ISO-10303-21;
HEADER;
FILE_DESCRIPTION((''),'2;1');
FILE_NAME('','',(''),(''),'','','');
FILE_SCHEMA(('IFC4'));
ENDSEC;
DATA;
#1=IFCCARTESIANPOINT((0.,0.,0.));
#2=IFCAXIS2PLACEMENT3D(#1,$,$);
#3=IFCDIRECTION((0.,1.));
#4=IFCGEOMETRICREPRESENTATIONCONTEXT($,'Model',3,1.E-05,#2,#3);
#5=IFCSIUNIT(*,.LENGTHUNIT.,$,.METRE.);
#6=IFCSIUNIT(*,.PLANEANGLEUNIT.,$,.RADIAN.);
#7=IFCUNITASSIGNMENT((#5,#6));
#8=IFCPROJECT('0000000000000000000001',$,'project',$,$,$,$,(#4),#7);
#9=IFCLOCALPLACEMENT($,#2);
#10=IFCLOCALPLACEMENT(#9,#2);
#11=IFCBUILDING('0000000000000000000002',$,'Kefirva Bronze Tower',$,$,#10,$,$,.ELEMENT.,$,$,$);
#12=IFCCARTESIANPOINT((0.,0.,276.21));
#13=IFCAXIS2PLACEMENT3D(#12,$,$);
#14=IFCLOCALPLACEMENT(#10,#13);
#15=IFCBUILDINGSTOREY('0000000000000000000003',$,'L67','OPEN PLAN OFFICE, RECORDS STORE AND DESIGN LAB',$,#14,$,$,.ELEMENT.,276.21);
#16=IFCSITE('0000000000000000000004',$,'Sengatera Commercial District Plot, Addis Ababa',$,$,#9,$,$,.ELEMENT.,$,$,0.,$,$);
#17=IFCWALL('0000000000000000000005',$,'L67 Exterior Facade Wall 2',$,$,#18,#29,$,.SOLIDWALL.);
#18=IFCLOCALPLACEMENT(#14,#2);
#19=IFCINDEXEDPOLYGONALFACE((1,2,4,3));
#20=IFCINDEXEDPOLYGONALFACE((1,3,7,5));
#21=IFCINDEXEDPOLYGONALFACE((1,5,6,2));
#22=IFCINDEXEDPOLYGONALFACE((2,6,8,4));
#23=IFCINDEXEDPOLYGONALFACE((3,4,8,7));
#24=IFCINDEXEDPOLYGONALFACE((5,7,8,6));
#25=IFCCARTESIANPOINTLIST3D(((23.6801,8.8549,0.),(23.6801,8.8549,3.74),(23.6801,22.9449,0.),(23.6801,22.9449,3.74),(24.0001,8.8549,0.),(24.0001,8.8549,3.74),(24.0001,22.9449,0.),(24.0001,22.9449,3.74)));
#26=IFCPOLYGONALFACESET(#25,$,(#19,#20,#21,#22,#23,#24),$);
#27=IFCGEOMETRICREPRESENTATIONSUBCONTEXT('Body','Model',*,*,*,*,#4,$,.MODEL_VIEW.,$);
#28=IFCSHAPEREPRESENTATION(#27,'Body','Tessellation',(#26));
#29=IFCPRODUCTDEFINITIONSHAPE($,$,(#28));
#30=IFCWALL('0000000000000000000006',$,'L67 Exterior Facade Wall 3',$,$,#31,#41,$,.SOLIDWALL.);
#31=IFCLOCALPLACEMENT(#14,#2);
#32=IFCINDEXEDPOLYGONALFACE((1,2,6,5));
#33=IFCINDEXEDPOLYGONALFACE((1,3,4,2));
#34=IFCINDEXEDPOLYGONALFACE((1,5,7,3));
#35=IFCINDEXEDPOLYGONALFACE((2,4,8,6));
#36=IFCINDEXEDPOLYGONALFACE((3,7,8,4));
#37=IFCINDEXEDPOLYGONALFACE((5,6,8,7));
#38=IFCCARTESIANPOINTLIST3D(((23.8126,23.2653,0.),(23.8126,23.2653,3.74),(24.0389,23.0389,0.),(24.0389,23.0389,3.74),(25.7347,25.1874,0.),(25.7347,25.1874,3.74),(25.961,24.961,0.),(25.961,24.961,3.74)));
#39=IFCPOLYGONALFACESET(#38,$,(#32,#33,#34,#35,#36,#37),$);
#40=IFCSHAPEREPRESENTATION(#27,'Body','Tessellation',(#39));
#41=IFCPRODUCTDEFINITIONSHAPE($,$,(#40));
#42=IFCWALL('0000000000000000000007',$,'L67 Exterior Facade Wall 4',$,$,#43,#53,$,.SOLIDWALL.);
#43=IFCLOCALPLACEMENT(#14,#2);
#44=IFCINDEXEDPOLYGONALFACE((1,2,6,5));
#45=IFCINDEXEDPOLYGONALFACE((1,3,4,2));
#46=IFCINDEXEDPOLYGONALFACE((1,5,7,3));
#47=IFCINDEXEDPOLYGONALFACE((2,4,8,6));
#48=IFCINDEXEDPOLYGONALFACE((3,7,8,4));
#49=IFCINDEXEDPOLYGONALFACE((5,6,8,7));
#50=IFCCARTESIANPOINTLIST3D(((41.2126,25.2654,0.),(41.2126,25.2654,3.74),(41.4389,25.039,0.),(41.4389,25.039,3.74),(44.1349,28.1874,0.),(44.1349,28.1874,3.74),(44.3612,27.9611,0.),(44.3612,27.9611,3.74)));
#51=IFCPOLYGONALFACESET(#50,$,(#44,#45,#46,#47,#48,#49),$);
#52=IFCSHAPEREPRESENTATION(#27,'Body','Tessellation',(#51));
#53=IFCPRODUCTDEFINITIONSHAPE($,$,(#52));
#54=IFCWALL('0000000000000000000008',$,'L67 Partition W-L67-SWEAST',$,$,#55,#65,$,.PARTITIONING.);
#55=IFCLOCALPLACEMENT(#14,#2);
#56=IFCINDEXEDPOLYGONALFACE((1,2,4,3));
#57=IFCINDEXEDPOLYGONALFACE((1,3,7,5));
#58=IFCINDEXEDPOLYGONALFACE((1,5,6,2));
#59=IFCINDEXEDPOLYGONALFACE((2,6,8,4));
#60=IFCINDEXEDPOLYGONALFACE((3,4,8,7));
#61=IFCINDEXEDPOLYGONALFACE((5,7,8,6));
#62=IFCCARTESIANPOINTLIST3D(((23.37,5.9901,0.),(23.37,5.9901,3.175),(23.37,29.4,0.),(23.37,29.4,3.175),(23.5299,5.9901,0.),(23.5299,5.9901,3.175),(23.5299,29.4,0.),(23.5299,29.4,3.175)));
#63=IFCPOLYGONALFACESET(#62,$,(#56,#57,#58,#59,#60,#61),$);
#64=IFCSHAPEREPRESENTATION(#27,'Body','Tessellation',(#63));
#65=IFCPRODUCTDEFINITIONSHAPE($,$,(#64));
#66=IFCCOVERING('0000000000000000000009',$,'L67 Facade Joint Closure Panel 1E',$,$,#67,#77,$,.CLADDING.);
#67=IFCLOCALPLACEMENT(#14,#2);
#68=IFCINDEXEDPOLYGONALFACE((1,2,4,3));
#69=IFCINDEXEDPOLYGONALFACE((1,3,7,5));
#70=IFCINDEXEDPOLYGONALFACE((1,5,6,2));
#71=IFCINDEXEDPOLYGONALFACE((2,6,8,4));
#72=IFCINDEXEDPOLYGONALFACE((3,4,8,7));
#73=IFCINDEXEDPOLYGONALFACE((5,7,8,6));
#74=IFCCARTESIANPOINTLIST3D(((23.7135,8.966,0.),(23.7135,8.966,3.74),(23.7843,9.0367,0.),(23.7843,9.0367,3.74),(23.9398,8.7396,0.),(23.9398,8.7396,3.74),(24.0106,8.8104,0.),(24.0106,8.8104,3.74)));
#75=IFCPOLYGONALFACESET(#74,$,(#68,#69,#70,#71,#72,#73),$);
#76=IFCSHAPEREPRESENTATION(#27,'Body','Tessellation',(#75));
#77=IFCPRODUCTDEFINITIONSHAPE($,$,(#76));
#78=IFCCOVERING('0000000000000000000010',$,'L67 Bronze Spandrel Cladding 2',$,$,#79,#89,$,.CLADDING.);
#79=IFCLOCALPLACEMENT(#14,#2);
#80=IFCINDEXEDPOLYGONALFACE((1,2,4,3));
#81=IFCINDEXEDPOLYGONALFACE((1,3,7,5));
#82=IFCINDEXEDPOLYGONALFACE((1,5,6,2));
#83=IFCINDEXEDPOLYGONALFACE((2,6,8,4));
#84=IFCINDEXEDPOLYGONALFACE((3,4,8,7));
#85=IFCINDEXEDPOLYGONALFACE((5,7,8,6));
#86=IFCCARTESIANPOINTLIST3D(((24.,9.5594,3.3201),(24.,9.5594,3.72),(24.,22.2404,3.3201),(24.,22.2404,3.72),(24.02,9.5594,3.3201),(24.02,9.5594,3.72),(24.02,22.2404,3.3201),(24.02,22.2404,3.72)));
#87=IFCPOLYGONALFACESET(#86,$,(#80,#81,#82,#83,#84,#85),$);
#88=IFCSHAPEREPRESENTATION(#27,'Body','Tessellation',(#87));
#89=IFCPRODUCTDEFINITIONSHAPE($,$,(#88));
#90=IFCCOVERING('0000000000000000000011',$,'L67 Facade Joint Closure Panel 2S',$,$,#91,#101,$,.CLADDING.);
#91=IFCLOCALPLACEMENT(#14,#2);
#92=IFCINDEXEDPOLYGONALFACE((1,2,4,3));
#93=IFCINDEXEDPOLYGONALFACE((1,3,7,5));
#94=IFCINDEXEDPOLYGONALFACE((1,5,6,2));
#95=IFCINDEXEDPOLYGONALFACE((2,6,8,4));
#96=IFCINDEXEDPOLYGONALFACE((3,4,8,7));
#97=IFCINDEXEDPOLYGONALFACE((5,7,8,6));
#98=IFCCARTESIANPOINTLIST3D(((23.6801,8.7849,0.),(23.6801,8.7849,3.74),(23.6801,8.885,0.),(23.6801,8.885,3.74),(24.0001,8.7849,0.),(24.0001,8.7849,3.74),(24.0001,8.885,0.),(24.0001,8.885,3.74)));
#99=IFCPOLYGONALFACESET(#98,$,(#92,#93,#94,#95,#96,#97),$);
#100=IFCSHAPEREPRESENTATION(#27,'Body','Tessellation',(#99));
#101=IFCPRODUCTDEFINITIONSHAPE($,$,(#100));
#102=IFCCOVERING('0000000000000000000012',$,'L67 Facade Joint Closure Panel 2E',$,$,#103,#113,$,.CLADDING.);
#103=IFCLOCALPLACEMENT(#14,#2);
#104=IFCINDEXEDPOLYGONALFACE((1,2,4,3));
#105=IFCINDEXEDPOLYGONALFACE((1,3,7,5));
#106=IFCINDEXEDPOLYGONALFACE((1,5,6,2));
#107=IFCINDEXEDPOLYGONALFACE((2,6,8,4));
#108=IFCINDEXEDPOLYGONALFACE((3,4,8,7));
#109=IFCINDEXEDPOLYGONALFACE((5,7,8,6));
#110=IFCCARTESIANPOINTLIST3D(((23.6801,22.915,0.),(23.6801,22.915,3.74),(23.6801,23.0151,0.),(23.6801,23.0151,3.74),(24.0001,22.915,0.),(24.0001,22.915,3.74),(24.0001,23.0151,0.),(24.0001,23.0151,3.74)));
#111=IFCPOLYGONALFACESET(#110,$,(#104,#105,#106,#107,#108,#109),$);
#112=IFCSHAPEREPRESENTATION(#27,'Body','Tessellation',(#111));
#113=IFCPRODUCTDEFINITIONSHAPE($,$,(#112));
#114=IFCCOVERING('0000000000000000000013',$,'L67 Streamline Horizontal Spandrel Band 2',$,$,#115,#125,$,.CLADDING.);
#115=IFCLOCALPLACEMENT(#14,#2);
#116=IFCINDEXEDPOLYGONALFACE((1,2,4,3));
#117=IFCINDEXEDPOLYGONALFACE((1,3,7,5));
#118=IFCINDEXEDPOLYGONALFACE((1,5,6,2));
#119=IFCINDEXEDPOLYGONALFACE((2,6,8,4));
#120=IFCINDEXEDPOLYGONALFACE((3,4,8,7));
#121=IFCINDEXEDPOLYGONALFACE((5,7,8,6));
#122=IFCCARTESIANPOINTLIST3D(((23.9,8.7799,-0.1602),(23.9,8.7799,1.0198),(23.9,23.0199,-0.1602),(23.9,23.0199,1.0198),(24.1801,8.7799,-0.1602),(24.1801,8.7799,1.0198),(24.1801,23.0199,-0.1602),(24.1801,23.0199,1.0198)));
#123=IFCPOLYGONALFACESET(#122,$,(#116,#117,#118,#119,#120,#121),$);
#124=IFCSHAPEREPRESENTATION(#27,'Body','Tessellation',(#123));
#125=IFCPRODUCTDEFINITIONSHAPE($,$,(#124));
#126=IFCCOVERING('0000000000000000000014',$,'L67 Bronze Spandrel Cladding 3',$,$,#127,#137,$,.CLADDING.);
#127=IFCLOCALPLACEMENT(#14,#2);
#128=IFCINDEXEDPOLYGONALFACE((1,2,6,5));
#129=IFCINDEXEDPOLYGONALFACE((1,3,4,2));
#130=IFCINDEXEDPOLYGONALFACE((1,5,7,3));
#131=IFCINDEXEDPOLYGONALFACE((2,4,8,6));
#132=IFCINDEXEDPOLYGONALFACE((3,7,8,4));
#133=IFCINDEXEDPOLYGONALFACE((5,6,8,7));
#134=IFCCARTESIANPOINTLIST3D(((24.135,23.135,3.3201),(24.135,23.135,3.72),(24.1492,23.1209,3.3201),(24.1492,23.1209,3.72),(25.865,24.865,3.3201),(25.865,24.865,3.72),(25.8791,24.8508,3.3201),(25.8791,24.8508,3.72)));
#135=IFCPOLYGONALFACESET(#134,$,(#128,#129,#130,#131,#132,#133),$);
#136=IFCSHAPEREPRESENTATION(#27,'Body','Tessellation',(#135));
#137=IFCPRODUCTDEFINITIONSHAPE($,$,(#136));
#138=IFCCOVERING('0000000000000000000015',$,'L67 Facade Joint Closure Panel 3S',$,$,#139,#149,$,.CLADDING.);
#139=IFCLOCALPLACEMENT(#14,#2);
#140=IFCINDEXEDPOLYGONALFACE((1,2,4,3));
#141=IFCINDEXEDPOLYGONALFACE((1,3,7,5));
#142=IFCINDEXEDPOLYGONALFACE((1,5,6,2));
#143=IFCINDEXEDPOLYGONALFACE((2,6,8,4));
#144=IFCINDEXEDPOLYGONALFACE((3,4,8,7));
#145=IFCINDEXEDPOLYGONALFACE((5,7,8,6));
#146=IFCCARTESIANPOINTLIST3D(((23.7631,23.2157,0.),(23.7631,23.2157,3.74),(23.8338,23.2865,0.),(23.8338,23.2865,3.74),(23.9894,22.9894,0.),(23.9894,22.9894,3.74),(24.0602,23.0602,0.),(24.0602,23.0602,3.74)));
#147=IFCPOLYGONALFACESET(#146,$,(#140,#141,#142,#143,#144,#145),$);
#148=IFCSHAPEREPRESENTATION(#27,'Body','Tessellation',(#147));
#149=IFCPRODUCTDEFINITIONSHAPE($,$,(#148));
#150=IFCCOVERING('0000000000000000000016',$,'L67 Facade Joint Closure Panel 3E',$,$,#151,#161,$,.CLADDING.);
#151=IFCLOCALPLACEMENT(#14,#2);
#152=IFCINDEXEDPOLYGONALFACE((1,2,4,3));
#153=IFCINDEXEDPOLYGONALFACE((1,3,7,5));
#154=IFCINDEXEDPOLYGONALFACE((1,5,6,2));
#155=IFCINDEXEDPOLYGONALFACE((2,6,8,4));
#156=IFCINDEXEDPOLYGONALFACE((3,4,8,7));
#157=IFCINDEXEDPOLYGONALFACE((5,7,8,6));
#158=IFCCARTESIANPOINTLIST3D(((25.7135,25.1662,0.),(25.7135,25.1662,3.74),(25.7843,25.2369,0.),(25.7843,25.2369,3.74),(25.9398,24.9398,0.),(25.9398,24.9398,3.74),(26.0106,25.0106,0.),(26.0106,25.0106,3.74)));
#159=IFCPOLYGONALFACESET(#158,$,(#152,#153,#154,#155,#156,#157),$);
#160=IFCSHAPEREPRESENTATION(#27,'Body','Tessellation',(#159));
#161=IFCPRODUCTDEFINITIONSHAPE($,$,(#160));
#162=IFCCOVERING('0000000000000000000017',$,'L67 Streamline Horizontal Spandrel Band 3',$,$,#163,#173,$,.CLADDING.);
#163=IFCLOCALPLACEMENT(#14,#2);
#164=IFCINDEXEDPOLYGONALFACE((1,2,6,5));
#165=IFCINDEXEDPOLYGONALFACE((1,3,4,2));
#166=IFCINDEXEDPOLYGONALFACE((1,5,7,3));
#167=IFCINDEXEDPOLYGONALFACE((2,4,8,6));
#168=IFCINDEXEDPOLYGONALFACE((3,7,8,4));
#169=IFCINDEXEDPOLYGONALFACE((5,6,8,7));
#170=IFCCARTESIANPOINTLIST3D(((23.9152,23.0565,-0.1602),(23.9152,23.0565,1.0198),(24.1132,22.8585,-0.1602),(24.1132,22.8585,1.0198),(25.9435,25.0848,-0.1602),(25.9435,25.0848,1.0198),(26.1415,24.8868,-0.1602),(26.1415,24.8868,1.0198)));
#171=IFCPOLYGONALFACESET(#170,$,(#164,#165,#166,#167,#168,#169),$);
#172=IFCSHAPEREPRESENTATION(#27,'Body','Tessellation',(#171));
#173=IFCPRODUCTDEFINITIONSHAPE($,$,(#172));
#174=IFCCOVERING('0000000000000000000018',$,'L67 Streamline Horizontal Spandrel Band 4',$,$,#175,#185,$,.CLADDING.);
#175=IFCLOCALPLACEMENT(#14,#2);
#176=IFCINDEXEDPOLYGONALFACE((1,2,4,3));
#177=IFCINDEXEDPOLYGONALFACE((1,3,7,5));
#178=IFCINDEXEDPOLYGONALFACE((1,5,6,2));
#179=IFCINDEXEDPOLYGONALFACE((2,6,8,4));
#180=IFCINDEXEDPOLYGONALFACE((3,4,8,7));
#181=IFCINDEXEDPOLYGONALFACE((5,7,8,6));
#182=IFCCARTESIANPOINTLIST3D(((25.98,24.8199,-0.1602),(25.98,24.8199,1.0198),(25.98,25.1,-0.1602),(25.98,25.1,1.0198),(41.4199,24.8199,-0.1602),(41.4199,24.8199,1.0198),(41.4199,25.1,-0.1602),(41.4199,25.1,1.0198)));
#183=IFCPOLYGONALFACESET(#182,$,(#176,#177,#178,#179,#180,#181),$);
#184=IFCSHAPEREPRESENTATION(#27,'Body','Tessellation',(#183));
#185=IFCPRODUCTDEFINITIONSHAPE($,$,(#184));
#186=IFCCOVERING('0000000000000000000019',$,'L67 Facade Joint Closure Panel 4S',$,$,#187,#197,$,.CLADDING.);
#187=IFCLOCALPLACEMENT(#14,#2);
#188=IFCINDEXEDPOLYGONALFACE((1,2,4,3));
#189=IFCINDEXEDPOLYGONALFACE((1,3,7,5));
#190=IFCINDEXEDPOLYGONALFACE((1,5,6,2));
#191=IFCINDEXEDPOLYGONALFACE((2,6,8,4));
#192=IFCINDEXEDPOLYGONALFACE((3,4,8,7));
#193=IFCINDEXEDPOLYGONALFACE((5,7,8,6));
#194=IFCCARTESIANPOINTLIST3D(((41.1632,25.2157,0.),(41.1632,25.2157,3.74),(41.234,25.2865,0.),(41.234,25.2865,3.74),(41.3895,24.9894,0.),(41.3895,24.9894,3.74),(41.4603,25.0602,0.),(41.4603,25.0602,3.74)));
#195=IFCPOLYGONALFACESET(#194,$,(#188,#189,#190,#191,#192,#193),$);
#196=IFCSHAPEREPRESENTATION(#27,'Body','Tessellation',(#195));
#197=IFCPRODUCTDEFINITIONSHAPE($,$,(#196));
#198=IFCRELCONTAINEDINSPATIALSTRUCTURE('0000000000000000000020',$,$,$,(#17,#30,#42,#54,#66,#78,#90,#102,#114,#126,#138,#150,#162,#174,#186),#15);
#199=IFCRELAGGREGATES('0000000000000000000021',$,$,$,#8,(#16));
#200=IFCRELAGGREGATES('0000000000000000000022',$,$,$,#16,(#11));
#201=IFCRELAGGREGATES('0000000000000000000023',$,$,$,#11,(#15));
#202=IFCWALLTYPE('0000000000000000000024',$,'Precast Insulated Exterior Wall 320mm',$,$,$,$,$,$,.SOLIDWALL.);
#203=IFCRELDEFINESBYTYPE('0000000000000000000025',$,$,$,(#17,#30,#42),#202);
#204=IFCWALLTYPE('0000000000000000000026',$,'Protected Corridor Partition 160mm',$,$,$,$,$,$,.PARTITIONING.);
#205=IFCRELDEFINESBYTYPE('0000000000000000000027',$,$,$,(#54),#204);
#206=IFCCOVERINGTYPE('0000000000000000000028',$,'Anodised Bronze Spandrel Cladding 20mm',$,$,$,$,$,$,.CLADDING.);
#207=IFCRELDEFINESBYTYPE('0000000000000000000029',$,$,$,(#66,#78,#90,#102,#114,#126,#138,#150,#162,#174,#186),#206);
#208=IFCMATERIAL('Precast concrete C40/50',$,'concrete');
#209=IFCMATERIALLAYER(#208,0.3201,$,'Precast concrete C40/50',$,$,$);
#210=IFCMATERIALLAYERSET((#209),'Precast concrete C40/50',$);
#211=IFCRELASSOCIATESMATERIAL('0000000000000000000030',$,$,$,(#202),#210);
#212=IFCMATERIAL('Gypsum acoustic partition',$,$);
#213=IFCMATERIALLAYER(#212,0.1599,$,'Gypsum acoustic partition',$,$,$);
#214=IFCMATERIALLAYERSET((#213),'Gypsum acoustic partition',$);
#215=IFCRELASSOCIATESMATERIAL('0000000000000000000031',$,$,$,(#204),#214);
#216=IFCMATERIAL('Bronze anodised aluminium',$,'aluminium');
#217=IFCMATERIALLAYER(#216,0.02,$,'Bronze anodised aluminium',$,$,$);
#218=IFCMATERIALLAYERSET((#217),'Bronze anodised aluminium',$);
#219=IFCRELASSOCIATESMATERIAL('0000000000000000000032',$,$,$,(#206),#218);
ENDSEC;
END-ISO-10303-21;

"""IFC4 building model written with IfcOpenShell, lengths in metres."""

from ifc_helpers import new_model, si_unit, direction, frame, frame_2d, origin, origin_2d, place, context, subcontext, project, spatial, rectangle, extrude, material, layer, layer_set, type_object, element, save


model = new_model("IFC4")

# Units and contexts
model_context = context("Model", 3, precision=1e-05, world=origin(), true_north=direction((0.0, 1.0)))
body_context = subcontext(model_context, "Body", "Model", "MODEL_VIEW")
ifc_project = project(units=[si_unit("LENGTHUNIT", "METRE"), si_unit("PLANEANGLEUNIT", "RADIAN")], contexts=[model_context])

# Site, building, storey
site_placement = place(None, origin())
site = spatial("IfcSite", under=ifc_project, at=site_placement, Name="Sengatera Commercial District Plot, Addis Ababa", CompositionType="ELEMENT", RefElevation=0.0)
building_placement = place(site_placement, origin())
building = spatial("IfcBuilding", under=site, at=building_placement, Name="Kefirva Bronze Tower", CompositionType="ELEMENT")
storey_placement = place(building_placement, frame((0.0, 0.0, 276.21)))
storey = spatial("IfcBuildingStorey", under=building, at=storey_placement, Name="L67", Description="OPEN PLAN OFFICE, RECORDS STORE AND DESIGN LAB", CompositionType="ELEMENT", Elevation=276.21)

# Shared definitions
ifc_material_1 = material(Name="Bronze anodised aluminium", Category="aluminium")

# Walls
ifc_material_2 = material(Name="Precast concrete C40/50", Category="concrete")
ifc_layer_1 = layer(ifc_material_2, 0.3201, Name="Precast concrete C40/50")
ifc_layer_set_1 = layer_set([ifc_layer_1], Name="Precast concrete C40/50")
wall_type_1 = type_object("IfcWallType", Name="Precast Insulated Exterior Wall 320mm", PredefinedType="SOLIDWALL", material=ifc_layer_set_1)
wall_1_placement = place(storey_placement, frame((23.8401, 8.855, 0.0), z_axis=(0.0, 0.0, 1.0), x_axis=(0.0, 1.0, 0.0)))
element("IfcWall", 1, at=wall_1_placement, inside=storey, type_object=wall_type_1, Name="L67 Exterior Facade Wall 2", PredefinedType="SOLIDWALL", context=body_context, shape_type="SweptSolid", body=[
    extrude(rectangle(XDim=14.0901, YDim=0.3201, at=frame_2d((7.0449, 0.0))), origin(), (0.0, 0.0, 1.0), 3.74),
])
wall_2_placement = place(storey_placement, frame((23.9258, 23.1521, 0.0), z_axis=(0.0, 0.0, 1.0), x_axis=(0.707107, 0.707107, 0.0)))
element("IfcWall", 2, at=wall_2_placement, inside=storey, type_object=wall_type_1, Name="L67 Exterior Facade Wall 3", PredefinedType="SOLIDWALL", context=body_context, shape_type="SweptSolid", body=[
    extrude(rectangle(XDim=2.7183, YDim=0.3201, at=frame_2d((1.3591, 0.0))), origin(), (0.0, 0.0, 1.0), 3.74),
])
wall_3_placement = place(storey_placement, frame((41.3257, 25.1521, 0.0), z_axis=(0.0, 0.0, 1.0), x_axis=(0.707136, 0.707077, 0.0)))
element("IfcWall", 3, at=wall_3_placement, inside=storey, type_object=wall_type_1, Name="L67 Exterior Facade Wall 4", PredefinedType="SOLIDWALL", context=body_context, shape_type="SweptSolid", body=[
    extrude(rectangle(XDim=4.1326, YDim=0.3201, at=frame_2d((2.0664, 0.0))), origin(), (0.0, 0.0, 1.0), 3.74),
])
ifc_material_3 = material(Name="Gypsum acoustic partition")
ifc_layer_2 = layer(ifc_material_3, 0.1599, Name="Gypsum acoustic partition")
ifc_layer_set_2 = layer_set([ifc_layer_2], Name="Gypsum acoustic partition")
wall_type_2 = type_object("IfcWallType", Name="Protected Corridor Partition 160mm", PredefinedType="PARTITIONING", material=ifc_layer_set_2)
wall_4_placement = place(storey_placement, frame((23.45, 5.99, 0.0), z_axis=(0.0, 0.0, 1.0), x_axis=(0.0, 1.0, 0.0)))
element("IfcWall", 4, at=wall_4_placement, inside=storey, type_object=wall_type_2, Name="L67 Partition W-L67-SWEAST", PredefinedType="PARTITIONING", context=body_context, shape_type="SweptSolid", body=[
    extrude(rectangle(XDim=23.4099, YDim=0.1599, at=frame_2d((11.7051, 0.0))), origin(), (0.0, 0.0, 1.0), 3.175),
])

# Coverings
ifc_layer_3 = layer(ifc_material_1, 0.02, Name="Bronze anodised aluminium")
ifc_layer_set_3 = layer_set([ifc_layer_3], Name="Bronze anodised aluminium")
covering_type_1 = type_object("IfcCoveringType", Name="Anodised Bronze Spandrel Cladding 20mm", PredefinedType="CLADDING", material=ifc_layer_set_3)
covering_1_placement = place(storey_placement, frame((23.8621, 8.8882, 0.0), z_axis=(0.0, 0.0, 1.0), x_axis=(0.707107, 0.707107, 0.0)))
element("IfcCovering", 5, at=covering_1_placement, inside=storey, type_object=covering_type_1, Name="L67 Facade Joint Closure Panel 1E", PredefinedType="CLADDING", context=body_context, shape_type="SweptSolid", body=[
    extrude(rectangle(XDim=0.1001, YDim=0.3201, at=origin_2d()), origin(), (0.0, 0.0, 1.0), 3.74),
])
covering_2_placement = place(storey_placement, frame((24.01, 15.8999, 3.3201), z_axis=(0.0, 0.0, 1.0), x_axis=(0.0, 1.0, 0.0)))
element("IfcCovering", 6, at=covering_2_placement, inside=storey, type_object=covering_type_1, Name="L67 Bronze Spandrel Cladding 2", PredefinedType="CLADDING", context=body_context, shape_type="SweptSolid", body=[
    extrude(rectangle(XDim=12.6809, YDim=0.02, at=origin_2d()), origin(), (0.0, 0.0, 1.0), 0.3999),
])
for number, where, z_axis, x_axis, name in (
    (7, (23.8401, 8.835, 0.0), (0.0, 0.0, 1.0), (0.0, 1.0, 0.0), "L67 Facade Joint Closure Panel 2S"),
    (8, (23.8401, 22.9651, 0.0), (0.0, 0.0, 1.0), (0.0, 1.0, 0.0), "L67 Facade Joint Closure Panel 2E"),
):
    element("IfcCovering", number, at=place(storey_placement, frame(where, z_axis=z_axis, x_axis=x_axis)), inside=storey, type_object=covering_type_1, Name=name, PredefinedType="CLADDING", context=body_context, shape_type="SweptSolid", body=[
        extrude(rectangle(XDim=0.1001, YDim=0.3201, at=origin_2d()), origin(), (0.0, 0.0, 1.0), 3.74),
    ])
covering_3_placement = place(storey_placement, frame((24.04, 15.8999, -0.1602), z_axis=(0.0, 0.0, 1.0), x_axis=(0.0, 1.0, 0.0)))
element("IfcCovering", 9, at=covering_3_placement, inside=storey, type_object=covering_type_1, Name="L67 Streamline Horizontal Spandrel Band 2", PredefinedType="CLADDING", context=body_context, shape_type="SweptSolid", body=[
    extrude(rectangle(XDim=14.24, YDim=0.28, at=origin_2d()), origin(), (0.0, 0.0, 1.0), 1.1799),
])
covering_4_placement = place(storey_placement, frame((25.0071, 23.9929, 3.3201), z_axis=(0.0, 0.0, 1.0), x_axis=(0.707107, 0.707107, 0.0)))
element("IfcCovering", 10, at=covering_4_placement, inside=storey, type_object=covering_type_1, Name="L67 Bronze Spandrel Cladding 3", PredefinedType="CLADDING", context=body_context, shape_type="SweptSolid", body=[
    extrude(rectangle(XDim=2.4465, YDim=0.02, at=origin_2d()), origin(), (0.0, 0.0, 1.0), 0.3999),
])
for number, where, z_axis, x_axis, name in (
    (11, (23.9116, 23.1379, 0.0), (0.0, 0.0, 1.0), (0.707107, 0.707107, 0.0), "L67 Facade Joint Closure Panel 3S"),
    (12, (25.8621, 25.0884, 0.0), (0.0, 0.0, 1.0), (0.707107, 0.707107, 0.0), "L67 Facade Joint Closure Panel 3E"),
):
    element("IfcCovering", number, at=place(storey_placement, frame(where, z_axis=z_axis, x_axis=x_axis)), inside=storey, type_object=covering_type_1, Name=name, PredefinedType="CLADDING", context=body_context, shape_type="SweptSolid", body=[
        extrude(rectangle(XDim=0.1001, YDim=0.3201, at=origin_2d()), origin(), (0.0, 0.0, 1.0), 3.74),
    ])
covering_5_placement = place(storey_placement, frame((25.0283, 23.9717, -0.1602), z_axis=(0.0, 0.0, 1.0), x_axis=(0.707107, 0.707107, 0.0)))
element("IfcCovering", 13, at=covering_5_placement, inside=storey, type_object=covering_type_1, Name="L67 Streamline Horizontal Spandrel Band 3", PredefinedType="CLADDING", context=body_context, shape_type="SweptSolid", body=[
    extrude(rectangle(XDim=2.8684, YDim=0.28, at=origin_2d()), origin(), (0.0, 0.0, 1.0), 1.1799),
])
covering_6_placement = place(storey_placement, frame((33.7, 24.96, -0.1602), z_axis=(0.0, 0.0, 1.0), x_axis=(1.0, 0.0, 0.0)))
element("IfcCovering", 14, at=covering_6_placement, inside=storey, type_object=covering_type_1, Name="L67 Streamline Horizontal Spandrel Band 4", PredefinedType="CLADDING", context=body_context, shape_type="SweptSolid", body=[
    extrude(rectangle(XDim=15.4399, YDim=0.28, at=origin_2d()), origin(), (0.0, 0.0, 1.0), 1.1799),
])
covering_7_placement = place(storey_placement, frame((41.3118, 25.1379, 0.0), z_axis=(0.0, 0.0, 1.0), x_axis=(0.707107, 0.707107, 0.0)))
element("IfcCovering", 15, at=covering_7_placement, inside=storey, type_object=covering_type_1, Name="L67 Facade Joint Closure Panel 4S", PredefinedType="CLADDING", context=body_context, shape_type="SweptSolid", body=[
    extrude(rectangle(XDim=0.1001, YDim=0.3201, at=origin_2d()), origin(), (0.0, 0.0, 1.0), 3.74),
])

save(model, "model.ifc")
